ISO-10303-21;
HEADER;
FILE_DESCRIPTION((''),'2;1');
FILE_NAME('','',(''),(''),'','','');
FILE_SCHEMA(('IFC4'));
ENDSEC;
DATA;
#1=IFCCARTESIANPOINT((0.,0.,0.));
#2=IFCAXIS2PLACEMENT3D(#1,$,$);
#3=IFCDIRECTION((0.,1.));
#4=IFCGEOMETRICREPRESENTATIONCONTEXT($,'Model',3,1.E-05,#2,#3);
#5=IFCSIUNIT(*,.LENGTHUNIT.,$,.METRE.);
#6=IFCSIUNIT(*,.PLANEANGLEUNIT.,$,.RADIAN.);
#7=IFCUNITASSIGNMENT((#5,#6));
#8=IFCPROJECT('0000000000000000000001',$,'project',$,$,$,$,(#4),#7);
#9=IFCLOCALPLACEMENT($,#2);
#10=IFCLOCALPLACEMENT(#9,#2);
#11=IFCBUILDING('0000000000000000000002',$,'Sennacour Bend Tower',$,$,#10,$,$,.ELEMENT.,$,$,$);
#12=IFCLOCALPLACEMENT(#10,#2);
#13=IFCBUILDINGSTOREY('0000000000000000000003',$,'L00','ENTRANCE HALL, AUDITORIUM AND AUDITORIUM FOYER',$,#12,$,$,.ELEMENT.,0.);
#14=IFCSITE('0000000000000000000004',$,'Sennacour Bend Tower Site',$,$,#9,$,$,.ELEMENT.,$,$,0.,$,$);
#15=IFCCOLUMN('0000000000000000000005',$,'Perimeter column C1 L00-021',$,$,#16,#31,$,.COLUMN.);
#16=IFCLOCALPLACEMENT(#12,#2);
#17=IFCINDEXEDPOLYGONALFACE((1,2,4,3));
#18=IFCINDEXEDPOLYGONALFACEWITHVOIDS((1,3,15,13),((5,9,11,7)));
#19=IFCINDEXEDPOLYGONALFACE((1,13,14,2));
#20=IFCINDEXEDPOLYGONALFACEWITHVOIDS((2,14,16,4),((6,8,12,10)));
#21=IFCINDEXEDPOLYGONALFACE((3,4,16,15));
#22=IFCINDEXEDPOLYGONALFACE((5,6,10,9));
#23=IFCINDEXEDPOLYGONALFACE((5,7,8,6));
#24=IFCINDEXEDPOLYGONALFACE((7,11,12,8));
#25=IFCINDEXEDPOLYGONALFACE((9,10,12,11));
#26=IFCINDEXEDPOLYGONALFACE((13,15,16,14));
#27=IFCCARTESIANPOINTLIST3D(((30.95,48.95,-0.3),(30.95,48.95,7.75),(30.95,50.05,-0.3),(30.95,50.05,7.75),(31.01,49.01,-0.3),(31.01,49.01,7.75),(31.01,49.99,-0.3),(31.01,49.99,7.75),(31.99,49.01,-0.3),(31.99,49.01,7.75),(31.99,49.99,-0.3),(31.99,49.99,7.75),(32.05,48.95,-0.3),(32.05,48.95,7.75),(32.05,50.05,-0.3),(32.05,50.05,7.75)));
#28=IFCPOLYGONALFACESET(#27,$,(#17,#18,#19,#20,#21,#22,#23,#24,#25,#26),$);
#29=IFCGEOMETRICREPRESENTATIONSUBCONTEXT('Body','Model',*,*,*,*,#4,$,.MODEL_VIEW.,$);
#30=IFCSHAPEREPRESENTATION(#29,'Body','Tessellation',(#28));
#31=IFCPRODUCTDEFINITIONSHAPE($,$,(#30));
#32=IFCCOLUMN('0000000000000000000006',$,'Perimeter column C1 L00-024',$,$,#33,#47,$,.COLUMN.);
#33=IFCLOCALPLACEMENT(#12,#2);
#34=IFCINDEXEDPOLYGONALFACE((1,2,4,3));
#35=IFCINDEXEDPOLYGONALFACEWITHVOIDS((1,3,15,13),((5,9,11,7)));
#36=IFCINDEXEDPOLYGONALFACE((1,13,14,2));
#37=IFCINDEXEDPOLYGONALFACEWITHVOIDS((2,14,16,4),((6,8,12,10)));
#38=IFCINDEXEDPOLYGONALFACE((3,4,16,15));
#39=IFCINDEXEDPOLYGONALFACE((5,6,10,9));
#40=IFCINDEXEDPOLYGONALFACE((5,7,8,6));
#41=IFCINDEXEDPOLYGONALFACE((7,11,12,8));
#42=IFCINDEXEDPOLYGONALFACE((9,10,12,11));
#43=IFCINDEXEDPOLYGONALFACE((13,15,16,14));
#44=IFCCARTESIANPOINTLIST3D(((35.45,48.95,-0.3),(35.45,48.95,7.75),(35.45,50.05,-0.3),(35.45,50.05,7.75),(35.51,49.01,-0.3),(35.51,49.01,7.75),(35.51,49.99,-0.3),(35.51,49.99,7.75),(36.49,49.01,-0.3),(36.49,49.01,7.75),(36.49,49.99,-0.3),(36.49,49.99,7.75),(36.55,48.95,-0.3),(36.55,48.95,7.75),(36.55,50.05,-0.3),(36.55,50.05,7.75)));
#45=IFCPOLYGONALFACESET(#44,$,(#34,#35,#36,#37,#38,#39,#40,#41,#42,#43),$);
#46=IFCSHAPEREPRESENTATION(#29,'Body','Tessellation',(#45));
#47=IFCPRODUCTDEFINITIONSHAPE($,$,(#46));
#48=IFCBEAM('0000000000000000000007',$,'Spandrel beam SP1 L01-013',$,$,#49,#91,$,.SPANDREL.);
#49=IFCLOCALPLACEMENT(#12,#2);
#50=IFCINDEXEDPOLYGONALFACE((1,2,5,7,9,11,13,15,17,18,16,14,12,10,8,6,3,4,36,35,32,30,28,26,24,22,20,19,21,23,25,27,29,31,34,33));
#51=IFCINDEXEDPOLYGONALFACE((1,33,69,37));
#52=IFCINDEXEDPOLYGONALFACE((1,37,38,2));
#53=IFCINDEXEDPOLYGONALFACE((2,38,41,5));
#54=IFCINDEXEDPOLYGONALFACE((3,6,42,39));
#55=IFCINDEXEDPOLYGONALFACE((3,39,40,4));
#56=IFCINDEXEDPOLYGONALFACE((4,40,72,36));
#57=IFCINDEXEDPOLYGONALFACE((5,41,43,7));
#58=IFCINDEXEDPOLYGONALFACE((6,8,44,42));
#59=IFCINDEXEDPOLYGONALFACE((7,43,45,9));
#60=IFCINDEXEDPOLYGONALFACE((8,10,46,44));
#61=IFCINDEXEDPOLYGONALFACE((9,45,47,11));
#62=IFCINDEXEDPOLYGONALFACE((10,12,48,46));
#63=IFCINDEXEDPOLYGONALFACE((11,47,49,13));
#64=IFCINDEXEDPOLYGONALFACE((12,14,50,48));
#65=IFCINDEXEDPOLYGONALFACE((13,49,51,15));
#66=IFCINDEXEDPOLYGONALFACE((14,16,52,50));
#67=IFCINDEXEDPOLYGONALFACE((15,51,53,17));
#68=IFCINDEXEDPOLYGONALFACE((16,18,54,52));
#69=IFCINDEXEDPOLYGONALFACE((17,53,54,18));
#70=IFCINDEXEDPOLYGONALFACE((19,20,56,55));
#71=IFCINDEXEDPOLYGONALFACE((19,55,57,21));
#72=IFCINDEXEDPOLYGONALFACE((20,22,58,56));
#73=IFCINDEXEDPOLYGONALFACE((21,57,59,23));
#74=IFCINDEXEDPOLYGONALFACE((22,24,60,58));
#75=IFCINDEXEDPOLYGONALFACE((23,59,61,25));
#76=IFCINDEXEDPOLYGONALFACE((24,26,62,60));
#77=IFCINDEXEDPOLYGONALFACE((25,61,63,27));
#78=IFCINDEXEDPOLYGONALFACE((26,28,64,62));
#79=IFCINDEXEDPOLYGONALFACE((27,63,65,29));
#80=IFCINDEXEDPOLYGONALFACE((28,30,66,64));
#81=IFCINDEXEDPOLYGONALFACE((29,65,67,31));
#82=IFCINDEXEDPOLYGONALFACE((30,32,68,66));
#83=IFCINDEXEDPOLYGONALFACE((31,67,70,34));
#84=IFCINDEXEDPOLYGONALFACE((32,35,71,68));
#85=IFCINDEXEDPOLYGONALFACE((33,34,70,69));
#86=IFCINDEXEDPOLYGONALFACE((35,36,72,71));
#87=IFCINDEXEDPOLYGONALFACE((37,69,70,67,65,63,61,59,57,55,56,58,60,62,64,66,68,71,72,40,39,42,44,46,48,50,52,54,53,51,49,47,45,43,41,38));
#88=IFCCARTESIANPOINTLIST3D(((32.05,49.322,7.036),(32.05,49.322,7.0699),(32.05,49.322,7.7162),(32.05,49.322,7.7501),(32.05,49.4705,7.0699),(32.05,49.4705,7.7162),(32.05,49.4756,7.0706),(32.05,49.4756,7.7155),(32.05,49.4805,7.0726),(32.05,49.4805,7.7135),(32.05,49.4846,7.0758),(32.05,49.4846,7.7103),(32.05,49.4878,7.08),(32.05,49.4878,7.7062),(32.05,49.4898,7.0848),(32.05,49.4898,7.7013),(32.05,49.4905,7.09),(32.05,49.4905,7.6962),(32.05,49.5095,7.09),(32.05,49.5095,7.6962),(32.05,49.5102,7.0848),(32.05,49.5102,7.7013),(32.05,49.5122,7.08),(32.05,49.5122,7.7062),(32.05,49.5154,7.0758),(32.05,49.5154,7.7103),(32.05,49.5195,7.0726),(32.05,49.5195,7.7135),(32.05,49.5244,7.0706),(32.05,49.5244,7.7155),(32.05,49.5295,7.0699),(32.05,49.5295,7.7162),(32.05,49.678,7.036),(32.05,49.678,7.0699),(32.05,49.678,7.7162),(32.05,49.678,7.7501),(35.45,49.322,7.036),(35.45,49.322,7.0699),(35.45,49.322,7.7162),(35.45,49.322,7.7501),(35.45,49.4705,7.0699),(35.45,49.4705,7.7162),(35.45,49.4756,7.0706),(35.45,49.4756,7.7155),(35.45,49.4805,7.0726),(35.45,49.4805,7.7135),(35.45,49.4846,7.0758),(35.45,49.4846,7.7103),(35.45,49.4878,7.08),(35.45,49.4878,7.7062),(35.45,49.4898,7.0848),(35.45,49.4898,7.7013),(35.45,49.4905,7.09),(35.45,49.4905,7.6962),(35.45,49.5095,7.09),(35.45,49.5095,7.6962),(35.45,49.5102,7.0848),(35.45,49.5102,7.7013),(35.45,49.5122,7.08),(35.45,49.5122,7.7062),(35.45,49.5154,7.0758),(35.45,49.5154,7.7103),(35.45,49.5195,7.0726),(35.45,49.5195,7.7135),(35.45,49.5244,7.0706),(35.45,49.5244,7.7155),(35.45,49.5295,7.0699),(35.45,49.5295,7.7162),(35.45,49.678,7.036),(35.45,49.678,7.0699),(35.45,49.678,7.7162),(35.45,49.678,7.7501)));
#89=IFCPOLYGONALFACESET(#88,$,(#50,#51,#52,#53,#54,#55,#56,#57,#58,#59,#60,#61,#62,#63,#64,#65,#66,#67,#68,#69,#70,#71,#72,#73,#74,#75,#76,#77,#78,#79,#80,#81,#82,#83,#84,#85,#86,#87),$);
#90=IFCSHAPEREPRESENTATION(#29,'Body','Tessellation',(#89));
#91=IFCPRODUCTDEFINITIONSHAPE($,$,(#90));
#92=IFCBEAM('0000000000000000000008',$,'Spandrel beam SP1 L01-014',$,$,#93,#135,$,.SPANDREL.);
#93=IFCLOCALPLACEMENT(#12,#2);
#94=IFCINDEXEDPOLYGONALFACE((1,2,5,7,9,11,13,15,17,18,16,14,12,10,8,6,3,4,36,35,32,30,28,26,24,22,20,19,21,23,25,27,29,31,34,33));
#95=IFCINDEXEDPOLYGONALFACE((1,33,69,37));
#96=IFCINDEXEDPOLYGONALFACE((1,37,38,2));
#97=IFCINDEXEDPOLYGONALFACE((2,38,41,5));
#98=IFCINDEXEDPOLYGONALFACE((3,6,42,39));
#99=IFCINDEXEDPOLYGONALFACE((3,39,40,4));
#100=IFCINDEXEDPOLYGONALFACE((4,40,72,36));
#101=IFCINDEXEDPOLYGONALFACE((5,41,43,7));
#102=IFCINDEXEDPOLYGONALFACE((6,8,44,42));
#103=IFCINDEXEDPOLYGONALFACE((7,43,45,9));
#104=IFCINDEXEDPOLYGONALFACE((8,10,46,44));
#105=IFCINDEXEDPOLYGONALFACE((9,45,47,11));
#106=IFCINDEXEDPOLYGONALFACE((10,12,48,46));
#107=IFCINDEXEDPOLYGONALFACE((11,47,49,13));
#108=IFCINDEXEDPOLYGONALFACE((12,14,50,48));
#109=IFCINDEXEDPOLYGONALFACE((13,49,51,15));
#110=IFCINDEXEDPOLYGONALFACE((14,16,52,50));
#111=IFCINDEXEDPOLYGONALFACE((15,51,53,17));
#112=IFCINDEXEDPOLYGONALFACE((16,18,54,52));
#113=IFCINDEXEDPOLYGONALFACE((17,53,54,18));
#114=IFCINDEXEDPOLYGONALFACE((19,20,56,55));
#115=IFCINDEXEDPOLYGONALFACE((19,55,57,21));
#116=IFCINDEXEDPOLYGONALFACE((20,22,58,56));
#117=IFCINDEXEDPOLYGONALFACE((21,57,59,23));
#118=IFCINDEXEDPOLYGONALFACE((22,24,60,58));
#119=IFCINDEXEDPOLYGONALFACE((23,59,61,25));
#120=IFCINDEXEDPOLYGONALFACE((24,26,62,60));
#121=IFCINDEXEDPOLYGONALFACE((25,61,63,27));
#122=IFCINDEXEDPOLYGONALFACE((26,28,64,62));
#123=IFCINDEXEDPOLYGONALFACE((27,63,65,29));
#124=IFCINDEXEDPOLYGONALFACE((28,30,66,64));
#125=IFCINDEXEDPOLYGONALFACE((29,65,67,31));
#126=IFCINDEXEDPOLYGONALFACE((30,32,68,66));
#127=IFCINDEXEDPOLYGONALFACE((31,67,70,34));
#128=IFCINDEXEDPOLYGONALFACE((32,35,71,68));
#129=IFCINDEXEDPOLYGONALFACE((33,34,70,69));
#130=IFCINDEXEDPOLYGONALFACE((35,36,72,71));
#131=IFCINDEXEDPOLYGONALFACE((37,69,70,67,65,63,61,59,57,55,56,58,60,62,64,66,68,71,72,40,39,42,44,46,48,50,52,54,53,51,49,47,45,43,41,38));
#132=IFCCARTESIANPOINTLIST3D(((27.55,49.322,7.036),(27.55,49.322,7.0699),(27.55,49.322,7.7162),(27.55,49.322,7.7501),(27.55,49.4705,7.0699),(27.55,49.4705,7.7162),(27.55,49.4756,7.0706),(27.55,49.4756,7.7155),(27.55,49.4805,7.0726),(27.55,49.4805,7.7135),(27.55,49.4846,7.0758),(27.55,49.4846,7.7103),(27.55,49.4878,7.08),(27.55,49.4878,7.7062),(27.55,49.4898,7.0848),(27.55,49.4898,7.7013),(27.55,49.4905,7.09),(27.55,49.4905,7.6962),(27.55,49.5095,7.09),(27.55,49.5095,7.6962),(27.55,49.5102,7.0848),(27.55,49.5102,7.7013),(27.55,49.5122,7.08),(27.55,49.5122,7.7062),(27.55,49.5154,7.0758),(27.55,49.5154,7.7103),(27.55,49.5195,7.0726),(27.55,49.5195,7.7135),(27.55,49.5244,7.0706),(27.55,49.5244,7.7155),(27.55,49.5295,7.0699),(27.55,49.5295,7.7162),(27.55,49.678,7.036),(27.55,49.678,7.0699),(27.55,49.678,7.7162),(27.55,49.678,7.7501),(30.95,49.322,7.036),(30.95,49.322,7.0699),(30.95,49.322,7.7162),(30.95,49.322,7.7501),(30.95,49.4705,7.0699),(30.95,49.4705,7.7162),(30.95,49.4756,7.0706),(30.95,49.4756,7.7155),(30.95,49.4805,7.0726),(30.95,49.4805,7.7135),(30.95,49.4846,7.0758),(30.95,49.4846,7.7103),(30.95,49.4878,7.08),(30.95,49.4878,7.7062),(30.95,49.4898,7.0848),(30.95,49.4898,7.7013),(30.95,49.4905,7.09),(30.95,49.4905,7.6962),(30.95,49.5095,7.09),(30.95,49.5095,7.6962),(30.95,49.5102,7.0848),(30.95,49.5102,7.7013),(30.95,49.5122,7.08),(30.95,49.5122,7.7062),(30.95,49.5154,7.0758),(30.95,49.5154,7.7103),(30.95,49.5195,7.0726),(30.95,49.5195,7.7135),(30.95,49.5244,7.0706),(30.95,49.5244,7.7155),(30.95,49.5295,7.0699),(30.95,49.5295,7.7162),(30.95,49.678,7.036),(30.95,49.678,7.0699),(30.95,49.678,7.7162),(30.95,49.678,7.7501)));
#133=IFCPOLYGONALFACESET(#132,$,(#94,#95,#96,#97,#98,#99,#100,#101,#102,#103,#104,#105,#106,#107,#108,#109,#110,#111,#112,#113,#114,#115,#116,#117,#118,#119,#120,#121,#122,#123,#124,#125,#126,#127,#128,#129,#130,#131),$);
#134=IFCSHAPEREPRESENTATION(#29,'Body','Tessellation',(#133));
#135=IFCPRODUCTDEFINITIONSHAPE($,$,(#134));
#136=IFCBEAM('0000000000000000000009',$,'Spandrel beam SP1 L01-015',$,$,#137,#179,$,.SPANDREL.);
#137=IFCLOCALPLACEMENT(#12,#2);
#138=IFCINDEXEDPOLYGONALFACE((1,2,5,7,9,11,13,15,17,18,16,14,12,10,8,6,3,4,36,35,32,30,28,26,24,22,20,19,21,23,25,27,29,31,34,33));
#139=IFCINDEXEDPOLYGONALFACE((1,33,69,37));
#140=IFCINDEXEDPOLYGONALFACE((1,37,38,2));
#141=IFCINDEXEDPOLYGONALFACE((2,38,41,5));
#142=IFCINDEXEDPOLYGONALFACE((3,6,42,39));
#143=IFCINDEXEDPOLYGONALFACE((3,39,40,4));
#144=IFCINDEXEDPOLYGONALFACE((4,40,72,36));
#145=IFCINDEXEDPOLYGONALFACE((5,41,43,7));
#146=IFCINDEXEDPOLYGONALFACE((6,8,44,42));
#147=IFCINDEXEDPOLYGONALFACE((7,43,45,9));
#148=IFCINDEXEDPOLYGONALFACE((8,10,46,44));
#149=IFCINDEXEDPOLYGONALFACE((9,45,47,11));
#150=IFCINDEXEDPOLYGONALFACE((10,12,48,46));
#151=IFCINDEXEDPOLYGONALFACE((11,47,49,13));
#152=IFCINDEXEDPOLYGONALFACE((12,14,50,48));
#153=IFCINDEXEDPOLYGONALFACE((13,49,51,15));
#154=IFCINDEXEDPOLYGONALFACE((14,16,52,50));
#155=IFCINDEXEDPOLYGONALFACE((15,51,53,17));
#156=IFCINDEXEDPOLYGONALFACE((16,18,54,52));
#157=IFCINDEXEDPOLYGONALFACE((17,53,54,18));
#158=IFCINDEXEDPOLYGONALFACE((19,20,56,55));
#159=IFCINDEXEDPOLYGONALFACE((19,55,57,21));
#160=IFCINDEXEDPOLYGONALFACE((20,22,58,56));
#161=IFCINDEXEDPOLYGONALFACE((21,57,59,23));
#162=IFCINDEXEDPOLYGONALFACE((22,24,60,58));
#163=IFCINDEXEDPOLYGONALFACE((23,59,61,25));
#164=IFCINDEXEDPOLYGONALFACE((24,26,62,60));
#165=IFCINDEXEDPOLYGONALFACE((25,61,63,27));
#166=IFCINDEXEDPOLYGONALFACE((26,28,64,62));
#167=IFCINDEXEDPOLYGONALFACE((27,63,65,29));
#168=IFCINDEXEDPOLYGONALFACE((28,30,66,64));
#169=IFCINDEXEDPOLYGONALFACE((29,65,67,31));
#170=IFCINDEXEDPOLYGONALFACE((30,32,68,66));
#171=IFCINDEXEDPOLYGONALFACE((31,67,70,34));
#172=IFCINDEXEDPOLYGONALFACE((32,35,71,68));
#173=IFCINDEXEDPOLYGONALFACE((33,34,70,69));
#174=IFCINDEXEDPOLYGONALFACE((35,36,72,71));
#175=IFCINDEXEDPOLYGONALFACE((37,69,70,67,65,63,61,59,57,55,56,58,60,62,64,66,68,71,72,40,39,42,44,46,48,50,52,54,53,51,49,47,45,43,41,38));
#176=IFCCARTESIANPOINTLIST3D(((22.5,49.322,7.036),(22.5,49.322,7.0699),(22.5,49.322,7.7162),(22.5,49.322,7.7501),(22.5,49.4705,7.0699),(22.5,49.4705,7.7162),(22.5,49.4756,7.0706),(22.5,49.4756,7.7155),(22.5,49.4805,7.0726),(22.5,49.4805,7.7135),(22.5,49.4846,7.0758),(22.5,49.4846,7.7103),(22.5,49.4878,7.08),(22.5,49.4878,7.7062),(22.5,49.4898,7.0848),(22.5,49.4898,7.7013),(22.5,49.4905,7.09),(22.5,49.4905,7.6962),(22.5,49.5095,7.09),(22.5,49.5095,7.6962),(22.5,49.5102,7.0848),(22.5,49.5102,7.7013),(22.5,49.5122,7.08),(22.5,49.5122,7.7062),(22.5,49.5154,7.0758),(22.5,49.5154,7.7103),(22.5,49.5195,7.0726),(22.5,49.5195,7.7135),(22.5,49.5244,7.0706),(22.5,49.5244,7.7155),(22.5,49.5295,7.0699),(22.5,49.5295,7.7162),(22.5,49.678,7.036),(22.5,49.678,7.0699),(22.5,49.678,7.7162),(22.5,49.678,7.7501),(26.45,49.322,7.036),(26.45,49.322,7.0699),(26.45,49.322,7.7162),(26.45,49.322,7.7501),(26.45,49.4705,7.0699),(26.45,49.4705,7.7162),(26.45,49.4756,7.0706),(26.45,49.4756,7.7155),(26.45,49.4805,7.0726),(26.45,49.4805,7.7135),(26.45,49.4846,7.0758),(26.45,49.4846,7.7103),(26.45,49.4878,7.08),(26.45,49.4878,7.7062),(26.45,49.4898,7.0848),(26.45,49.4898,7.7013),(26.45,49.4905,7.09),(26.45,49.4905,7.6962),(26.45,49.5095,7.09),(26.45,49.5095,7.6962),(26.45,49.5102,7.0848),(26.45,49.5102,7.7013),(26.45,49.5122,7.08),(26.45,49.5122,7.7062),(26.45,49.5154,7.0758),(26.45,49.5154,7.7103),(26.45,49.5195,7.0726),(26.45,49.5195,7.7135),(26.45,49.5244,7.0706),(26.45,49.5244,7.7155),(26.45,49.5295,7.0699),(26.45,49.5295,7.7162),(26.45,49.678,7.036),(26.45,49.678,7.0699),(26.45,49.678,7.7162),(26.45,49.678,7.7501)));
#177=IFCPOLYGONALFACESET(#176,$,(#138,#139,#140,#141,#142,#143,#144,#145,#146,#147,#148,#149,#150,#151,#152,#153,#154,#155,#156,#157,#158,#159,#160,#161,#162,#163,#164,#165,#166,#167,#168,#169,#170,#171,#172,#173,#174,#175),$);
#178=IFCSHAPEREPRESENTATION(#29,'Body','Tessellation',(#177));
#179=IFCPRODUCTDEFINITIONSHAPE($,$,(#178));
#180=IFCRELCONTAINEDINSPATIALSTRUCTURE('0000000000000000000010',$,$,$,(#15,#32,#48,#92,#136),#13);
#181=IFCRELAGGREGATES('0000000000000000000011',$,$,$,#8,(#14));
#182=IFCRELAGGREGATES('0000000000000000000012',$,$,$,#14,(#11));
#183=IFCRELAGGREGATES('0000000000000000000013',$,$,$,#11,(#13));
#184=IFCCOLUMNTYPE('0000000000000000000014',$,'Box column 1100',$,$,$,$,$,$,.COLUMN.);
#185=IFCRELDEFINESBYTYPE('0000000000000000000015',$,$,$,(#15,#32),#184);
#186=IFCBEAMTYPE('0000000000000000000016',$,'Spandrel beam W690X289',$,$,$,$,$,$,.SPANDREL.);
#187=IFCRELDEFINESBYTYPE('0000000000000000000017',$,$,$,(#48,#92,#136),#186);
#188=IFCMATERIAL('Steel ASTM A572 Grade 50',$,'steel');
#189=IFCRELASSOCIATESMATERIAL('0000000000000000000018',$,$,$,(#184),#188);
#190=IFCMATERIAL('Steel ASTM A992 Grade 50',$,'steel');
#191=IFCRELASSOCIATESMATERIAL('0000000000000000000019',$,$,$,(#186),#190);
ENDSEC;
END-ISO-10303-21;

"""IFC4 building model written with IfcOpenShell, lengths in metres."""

from ifc_helpers import new_model, si_unit, direction, frame, origin, origin_2d, place, context, subcontext, project, spatial, hollow_rectangle, i_section, extrude, material, material_profile, profile_set, type_object, element, save


model = new_model("IFC4")

# Units and contexts
model_context = context("Model", 3, precision=1e-05, world=origin(), true_north=direction((0.0, 1.0)))
body_context = subcontext(model_context, "Body", "Model", "MODEL_VIEW")
ifc_project = project(units=[si_unit("LENGTHUNIT", "METRE"), si_unit("PLANEANGLEUNIT", "RADIAN")], contexts=[model_context])

# Site, building, storey
site_placement = place(None, origin())
site = spatial("IfcSite", under=ifc_project, at=site_placement, Name="Sennacour Bend Tower Site", CompositionType="ELEMENT", RefElevation=0.0)
building_placement = place(site_placement, origin())
building = spatial("IfcBuilding", under=site, at=building_placement, Name="Sennacour Bend Tower", CompositionType="ELEMENT")
storey_placement = place(building_placement, origin())
storey = spatial("IfcBuildingStorey", under=building, at=storey_placement, Name="L00", Description="ENTRANCE HALL, AUDITORIUM AND AUDITORIUM FOYER", CompositionType="ELEMENT", Elevation=0.0)

# Columns
ifc_material_1 = material(Name="Steel ASTM A572 Grade 50", Category="steel")
ifc_material_profile_1 = material_profile(ifc_material_1, hollow_rectangle(XDim=1.1001, YDim=1.1001, WallThickness=0.0601, at=origin_2d()), Name="Steel ASTM A572 Grade 50", Category="steel")
ifc_profile_set_1 = profile_set([ifc_material_profile_1], Name="Steel ASTM A572 Grade 50")
column_type = type_object("IfcColumnType", Name="Box column 1100", PredefinedType="COLUMN", material=ifc_profile_set_1)
for number, where, z_axis, x_axis, name in (
    (1, (31.5, 49.5, -0.3), (0.0, 0.0, 1.0), (1.0, 0.0, 0.0), "Perimeter column C1 L00-021"),
    (2, (36.0, 49.5, -0.3), (0.0, 0.0, 1.0), (1.0, 0.0, 0.0), "Perimeter column C1 L00-024"),
):
    element("IfcColumn", number, at=place(storey_placement, frame(where, z_axis=z_axis, x_axis=x_axis)), inside=storey, type_object=column_type, Name=name, PredefinedType="COLUMN", context=body_context, shape_type="SweptSolid", body=[
        extrude(hollow_rectangle(XDim=1.1001, YDim=1.1001, WallThickness=0.0601, at=origin_2d()), origin(), (0.0, 0.0, 1.0), 8.05),
    ])

# Beams
ifc_material_2 = material(Name="Steel ASTM A992 Grade 50", Category="steel")
ifc_material_profile_2 = material_profile(ifc_material_2, i_section(OverallWidth=0.356, OverallDepth=0.7141, WebThickness=0.019, FlangeThickness=0.0339, FilletRadius=0.02, at=origin_2d()), Name="Steel ASTM A992 Grade 50", Category="steel")
ifc_profile_set_2 = profile_set([ifc_material_profile_2], Name="Steel ASTM A992 Grade 50")
beam_type = type_object("IfcBeamType", Name="Spandrel beam W690X289", PredefinedType="SPANDREL", material=ifc_profile_set_2)
for number, where, z_axis, x_axis, name in (
    (3, (35.45, 49.5, 7.3931), (-1.0, 0.0, 0.0), (0.0, -1.0, 0.0), "Spandrel beam SP1 L01-013"),
    (4, (30.95, 49.5, 7.3931), (-1.0, 0.0, 0.0), (0.0, -1.0, 0.0), "Spandrel beam SP1 L01-014"),
):
    element("IfcBeam", number, at=place(storey_placement, frame(where, z_axis=z_axis, x_axis=x_axis)), inside=storey, type_object=beam_type, Name=name, PredefinedType="SPANDREL", context=body_context, shape_type="SweptSolid", body=[
        extrude(i_section(OverallWidth=0.356, OverallDepth=0.7141, WebThickness=0.019, FlangeThickness=0.0339, FilletRadius=0.02, at=origin_2d()), origin(), (0.0, 0.0, 1.0), 3.3999),
    ])
beam_placement = place(storey_placement, frame((26.45, 49.5, 7.3931), z_axis=(-1.0, 0.0, 0.0), x_axis=(0.0, -1.0, 0.0)))
element("IfcBeam", 5, at=beam_placement, inside=storey, type_object=beam_type, Name="Spandrel beam SP1 L01-015", PredefinedType="SPANDREL", context=body_context, shape_type="SweptSolid", body=[
    extrude(i_section(OverallWidth=0.356, OverallDepth=0.7141, WebThickness=0.019, FlangeThickness=0.0339, FilletRadius=0.02, at=origin_2d()), origin(), (0.0, 0.0, 1.0), 3.95),
])

save(model, "model.ifc")
